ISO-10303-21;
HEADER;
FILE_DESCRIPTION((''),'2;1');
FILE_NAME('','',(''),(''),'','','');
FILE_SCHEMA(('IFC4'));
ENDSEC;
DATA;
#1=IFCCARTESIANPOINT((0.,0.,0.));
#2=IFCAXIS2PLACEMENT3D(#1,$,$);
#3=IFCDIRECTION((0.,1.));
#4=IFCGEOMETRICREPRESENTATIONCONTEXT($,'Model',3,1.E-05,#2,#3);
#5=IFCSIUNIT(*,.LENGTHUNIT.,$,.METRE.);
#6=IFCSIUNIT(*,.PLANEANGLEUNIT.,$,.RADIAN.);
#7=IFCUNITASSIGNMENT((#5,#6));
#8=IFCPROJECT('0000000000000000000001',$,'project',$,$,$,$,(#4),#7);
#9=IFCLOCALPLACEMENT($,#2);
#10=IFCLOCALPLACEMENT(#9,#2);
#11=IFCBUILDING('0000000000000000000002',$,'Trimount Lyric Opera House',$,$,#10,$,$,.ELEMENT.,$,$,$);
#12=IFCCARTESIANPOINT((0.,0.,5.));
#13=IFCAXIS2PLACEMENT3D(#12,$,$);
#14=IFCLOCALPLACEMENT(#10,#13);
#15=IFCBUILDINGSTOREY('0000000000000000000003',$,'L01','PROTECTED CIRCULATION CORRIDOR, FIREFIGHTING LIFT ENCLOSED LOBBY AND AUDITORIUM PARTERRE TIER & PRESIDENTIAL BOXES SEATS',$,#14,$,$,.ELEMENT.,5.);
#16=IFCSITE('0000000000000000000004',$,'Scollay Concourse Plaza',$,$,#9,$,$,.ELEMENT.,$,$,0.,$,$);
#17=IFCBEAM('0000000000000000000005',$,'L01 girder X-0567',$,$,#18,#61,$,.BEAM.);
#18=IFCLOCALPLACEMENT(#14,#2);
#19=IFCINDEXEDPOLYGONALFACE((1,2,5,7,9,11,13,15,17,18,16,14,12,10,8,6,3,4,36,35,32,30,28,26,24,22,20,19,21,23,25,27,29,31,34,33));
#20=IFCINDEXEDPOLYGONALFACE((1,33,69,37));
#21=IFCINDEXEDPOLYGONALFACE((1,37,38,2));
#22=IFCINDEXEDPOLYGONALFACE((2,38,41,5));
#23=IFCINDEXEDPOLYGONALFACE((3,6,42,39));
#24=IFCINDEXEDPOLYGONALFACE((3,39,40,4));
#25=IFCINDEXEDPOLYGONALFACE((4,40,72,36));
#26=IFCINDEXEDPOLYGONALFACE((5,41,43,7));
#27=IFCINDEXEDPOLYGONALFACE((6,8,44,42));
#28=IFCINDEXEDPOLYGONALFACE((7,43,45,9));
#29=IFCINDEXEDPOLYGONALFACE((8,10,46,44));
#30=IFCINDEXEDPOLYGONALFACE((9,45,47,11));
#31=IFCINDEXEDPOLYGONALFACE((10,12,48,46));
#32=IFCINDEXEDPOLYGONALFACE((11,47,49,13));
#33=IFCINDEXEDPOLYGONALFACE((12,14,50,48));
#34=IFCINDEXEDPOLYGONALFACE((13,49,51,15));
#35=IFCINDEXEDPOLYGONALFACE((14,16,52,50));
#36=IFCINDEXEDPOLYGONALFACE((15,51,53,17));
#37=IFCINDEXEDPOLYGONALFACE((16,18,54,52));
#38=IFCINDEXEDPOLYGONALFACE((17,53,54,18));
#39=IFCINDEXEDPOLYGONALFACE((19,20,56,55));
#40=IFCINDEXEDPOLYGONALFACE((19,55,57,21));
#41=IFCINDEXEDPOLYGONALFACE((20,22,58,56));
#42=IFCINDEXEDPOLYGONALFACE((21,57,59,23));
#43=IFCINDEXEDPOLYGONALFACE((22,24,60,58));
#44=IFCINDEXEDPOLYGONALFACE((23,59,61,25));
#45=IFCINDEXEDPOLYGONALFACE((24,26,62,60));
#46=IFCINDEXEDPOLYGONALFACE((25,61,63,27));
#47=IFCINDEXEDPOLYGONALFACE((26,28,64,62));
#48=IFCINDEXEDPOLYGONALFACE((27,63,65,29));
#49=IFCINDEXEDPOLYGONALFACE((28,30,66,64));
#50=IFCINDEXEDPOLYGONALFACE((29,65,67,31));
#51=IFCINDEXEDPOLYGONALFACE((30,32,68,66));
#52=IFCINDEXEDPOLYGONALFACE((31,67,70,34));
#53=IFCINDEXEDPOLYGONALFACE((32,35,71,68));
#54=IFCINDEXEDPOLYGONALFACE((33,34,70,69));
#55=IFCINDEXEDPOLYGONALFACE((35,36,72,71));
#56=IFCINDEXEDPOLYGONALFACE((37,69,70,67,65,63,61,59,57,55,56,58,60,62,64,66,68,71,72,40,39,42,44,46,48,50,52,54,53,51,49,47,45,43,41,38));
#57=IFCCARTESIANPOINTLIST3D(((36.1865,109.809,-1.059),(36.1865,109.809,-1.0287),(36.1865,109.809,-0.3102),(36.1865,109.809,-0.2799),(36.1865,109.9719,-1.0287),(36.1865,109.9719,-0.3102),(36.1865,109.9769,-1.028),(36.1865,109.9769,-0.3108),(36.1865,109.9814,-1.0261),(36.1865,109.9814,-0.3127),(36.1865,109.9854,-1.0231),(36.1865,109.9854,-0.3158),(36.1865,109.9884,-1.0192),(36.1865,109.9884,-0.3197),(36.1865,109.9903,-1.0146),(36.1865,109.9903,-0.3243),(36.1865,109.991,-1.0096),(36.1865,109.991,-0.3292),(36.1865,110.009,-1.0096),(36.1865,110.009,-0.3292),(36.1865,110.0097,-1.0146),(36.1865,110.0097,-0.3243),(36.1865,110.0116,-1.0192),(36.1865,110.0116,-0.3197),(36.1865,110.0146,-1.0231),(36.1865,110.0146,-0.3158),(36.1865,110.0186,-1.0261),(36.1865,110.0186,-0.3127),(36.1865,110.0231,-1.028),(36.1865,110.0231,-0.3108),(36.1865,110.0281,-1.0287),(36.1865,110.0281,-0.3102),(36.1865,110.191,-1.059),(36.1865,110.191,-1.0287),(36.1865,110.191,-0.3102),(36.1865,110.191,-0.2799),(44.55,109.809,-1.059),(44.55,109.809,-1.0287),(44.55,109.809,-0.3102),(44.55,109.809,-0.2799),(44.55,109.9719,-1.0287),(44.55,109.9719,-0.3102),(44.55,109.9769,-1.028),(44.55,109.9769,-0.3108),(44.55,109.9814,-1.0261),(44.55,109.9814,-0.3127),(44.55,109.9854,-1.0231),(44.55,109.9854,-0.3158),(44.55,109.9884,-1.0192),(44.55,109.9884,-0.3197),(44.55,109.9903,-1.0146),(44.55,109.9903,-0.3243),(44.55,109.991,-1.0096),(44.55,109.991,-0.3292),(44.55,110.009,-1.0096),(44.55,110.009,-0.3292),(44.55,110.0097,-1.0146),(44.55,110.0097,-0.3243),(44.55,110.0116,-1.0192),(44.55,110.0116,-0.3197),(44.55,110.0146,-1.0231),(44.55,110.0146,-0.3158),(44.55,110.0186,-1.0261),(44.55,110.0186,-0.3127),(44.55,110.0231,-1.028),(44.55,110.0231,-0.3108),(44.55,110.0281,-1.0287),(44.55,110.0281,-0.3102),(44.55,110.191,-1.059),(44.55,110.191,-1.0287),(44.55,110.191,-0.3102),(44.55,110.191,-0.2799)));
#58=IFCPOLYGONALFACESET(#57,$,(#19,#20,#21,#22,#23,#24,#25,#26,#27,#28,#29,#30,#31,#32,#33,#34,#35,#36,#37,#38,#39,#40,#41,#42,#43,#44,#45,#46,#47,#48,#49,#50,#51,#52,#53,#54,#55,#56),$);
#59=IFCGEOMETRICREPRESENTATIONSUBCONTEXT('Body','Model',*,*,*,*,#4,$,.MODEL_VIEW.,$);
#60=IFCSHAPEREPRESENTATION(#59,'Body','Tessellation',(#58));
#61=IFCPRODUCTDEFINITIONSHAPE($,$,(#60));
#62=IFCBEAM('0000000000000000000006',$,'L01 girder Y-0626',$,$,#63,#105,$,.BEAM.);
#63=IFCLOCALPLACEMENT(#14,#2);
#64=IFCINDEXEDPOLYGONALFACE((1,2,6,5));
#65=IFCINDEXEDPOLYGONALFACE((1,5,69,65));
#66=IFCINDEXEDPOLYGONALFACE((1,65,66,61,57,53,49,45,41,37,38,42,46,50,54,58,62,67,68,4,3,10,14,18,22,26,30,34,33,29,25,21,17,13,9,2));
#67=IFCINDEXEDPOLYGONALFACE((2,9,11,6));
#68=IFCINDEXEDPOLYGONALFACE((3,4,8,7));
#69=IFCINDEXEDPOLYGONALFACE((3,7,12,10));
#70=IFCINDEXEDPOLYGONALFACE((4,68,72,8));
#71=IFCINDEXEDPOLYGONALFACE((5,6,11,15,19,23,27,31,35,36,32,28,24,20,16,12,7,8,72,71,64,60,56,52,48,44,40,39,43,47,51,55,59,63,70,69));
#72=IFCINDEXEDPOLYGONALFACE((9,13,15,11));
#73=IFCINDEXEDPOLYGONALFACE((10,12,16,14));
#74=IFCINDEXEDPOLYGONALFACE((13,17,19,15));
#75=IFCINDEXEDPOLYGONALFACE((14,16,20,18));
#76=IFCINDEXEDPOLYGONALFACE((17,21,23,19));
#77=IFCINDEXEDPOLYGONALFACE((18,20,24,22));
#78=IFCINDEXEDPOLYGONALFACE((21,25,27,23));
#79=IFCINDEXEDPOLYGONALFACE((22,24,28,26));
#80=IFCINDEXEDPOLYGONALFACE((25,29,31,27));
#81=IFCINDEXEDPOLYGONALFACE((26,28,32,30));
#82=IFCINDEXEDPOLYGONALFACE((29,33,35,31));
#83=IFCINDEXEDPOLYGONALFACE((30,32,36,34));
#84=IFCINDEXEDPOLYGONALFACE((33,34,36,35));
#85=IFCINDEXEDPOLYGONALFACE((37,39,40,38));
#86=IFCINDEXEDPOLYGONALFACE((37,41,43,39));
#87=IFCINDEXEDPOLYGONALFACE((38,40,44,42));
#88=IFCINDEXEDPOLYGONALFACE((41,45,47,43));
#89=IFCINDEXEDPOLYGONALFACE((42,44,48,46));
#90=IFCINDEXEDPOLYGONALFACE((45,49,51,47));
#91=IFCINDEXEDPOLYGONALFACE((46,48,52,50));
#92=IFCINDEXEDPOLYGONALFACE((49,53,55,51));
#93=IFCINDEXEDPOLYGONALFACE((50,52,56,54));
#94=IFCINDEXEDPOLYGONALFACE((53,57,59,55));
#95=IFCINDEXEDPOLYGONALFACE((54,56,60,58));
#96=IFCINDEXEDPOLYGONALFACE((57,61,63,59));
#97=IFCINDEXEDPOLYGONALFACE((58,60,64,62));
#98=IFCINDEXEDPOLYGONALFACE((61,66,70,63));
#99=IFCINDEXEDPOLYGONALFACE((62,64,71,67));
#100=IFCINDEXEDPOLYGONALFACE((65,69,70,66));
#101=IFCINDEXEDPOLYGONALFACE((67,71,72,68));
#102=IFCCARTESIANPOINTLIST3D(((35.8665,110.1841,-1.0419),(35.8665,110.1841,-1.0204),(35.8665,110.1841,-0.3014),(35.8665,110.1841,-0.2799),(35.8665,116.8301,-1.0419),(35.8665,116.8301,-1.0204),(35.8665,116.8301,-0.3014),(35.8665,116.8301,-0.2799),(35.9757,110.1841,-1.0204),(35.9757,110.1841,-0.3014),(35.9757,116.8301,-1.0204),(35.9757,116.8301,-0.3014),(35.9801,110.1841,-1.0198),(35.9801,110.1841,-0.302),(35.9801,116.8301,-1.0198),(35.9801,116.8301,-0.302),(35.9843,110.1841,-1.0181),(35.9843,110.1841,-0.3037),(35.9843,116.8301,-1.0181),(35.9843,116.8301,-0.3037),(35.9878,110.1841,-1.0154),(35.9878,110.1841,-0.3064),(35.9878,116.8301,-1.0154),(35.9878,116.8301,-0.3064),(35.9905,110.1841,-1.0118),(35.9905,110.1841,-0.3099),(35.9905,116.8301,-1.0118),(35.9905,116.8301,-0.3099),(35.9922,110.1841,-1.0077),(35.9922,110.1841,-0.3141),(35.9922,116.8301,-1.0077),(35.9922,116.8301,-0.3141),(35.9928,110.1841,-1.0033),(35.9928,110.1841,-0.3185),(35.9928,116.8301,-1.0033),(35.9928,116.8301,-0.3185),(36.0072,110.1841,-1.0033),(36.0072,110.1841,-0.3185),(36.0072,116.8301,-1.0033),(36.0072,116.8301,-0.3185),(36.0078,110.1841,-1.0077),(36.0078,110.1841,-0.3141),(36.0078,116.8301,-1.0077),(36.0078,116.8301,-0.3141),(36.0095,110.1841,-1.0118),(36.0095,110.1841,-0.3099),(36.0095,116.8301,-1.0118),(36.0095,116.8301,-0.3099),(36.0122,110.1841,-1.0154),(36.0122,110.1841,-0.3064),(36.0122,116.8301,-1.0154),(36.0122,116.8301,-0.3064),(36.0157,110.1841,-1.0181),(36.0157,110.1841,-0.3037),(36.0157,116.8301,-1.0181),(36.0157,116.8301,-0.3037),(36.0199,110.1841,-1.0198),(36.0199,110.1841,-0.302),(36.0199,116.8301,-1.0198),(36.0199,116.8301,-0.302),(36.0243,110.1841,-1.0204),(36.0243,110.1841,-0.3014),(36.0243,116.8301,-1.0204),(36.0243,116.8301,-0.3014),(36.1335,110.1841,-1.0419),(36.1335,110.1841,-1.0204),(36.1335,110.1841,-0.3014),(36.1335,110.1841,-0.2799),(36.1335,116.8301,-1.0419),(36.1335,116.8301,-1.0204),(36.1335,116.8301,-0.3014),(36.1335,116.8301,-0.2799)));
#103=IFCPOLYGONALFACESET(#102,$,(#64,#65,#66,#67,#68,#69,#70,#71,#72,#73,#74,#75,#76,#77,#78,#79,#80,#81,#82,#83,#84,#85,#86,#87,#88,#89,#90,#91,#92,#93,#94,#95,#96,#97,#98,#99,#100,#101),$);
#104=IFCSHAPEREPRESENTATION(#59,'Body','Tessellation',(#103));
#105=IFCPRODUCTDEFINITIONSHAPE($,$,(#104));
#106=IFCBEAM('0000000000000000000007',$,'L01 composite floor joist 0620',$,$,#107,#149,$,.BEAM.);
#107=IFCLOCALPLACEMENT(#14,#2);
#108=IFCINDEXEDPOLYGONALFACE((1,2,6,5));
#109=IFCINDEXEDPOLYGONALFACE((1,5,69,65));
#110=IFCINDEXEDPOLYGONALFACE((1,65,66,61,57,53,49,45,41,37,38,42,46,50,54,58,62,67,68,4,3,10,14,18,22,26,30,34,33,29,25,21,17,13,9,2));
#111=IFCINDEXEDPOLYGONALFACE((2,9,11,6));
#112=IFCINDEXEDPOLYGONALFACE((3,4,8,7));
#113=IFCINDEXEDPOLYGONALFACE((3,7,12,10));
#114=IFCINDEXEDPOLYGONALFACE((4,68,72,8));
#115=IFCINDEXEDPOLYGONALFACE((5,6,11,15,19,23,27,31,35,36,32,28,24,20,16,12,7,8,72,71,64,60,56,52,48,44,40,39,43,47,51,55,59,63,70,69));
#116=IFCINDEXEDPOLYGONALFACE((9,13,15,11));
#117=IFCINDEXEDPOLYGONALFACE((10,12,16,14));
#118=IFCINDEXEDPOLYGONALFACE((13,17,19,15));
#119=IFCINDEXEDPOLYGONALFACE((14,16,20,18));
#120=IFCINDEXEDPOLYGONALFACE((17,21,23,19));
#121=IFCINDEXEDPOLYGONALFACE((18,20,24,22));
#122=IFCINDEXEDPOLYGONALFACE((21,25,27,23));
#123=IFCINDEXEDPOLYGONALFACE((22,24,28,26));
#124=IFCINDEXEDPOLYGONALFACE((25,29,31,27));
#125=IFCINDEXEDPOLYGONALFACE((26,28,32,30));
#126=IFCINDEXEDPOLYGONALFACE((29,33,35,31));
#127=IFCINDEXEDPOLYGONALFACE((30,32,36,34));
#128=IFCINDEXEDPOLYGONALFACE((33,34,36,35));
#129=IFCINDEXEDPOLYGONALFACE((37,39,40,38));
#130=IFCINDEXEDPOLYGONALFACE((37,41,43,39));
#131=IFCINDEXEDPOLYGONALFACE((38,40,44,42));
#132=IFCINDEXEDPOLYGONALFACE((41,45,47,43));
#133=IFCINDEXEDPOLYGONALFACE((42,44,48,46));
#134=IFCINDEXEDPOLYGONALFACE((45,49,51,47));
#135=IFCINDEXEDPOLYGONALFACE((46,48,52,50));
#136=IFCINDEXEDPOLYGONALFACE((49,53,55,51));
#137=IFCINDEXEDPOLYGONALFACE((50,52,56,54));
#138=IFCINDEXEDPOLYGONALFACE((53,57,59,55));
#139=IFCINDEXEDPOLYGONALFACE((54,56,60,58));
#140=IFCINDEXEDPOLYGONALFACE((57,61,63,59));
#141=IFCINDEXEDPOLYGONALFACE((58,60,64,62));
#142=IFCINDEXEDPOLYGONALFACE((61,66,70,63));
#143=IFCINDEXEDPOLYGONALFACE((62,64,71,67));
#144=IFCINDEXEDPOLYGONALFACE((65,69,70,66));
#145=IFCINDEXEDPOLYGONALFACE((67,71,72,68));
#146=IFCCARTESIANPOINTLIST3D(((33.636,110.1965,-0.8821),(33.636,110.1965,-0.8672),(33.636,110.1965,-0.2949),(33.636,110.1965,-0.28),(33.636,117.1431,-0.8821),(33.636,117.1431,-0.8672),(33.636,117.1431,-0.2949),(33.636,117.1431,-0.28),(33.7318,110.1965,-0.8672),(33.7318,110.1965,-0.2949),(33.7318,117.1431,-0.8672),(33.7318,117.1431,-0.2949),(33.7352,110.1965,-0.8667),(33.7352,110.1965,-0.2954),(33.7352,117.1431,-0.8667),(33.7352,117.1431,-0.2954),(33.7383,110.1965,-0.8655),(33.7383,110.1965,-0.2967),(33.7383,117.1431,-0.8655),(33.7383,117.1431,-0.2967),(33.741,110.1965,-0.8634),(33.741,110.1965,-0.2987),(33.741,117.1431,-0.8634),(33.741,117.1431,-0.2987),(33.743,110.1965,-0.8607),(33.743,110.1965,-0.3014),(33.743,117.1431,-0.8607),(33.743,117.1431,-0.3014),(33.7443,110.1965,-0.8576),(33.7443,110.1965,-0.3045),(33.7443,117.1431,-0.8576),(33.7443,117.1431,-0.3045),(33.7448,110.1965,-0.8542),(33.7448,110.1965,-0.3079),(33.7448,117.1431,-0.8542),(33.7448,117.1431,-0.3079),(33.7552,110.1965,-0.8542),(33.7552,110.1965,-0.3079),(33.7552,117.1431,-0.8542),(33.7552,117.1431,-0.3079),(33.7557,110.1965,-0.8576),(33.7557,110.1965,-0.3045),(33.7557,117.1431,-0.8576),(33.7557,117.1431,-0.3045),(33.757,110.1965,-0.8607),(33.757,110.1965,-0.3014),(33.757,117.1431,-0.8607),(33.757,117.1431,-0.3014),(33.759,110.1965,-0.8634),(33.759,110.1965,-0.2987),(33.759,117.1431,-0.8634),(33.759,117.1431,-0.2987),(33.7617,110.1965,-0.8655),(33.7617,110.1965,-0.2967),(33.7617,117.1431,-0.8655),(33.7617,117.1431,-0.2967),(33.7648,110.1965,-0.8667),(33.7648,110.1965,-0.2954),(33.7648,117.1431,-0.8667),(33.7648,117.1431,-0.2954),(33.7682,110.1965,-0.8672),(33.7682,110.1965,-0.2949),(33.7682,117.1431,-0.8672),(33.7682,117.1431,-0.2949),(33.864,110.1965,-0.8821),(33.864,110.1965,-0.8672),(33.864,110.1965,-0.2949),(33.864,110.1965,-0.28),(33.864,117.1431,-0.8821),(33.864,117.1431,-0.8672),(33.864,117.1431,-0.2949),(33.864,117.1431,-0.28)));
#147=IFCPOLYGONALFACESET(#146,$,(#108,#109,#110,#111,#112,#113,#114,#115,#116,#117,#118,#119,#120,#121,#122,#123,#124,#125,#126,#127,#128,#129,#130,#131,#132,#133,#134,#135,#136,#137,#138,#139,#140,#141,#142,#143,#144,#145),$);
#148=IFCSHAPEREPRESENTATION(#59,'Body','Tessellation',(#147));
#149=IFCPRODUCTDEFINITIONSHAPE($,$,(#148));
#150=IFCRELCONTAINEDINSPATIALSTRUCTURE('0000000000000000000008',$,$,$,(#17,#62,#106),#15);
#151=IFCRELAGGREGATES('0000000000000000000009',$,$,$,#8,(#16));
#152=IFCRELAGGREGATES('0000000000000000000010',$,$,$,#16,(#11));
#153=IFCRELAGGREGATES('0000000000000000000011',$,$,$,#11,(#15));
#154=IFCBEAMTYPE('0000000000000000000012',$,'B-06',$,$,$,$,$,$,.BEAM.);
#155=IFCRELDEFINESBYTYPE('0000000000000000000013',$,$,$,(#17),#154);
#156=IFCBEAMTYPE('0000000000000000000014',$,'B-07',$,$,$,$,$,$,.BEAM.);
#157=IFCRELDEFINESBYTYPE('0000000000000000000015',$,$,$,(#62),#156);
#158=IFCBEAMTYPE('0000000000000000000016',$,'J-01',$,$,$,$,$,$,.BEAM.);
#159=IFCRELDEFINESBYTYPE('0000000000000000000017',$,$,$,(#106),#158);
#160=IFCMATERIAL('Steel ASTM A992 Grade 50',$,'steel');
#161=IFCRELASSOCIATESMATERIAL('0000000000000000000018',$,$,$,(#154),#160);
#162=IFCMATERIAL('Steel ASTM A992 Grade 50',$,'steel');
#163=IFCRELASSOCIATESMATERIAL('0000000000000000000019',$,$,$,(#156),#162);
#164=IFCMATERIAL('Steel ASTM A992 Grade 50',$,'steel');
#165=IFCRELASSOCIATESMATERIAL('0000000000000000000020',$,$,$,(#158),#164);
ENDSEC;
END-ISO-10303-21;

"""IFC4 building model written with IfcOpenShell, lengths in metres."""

from ifc_helpers import new_model, si_unit, direction, frame, origin, origin_2d, place, context, subcontext, project, spatial, i_section, extrude, material, material_profile, profile_set, type_object, element, save


model = new_model("IFC4")

# Units and contexts
model_context = context("Model", 3, precision=1e-05, world=origin(), true_north=direction((0.0, 1.0)))
body_context = subcontext(model_context, "Body", "Model", "MODEL_VIEW")
ifc_project = project(units=[si_unit("LENGTHUNIT", "METRE"), si_unit("PLANEANGLEUNIT", "RADIAN")], contexts=[model_context])

# Site, building, storey
site_placement = place(None, origin())
site = spatial("IfcSite", under=ifc_project, at=site_placement, Name="Scollay Concourse Plaza", CompositionType="ELEMENT", RefElevation=0.0)
building_placement = place(site_placement, origin())
building = spatial("IfcBuilding", under=site, at=building_placement, Name="Trimount Lyric Opera House", CompositionType="ELEMENT")
storey_placement = place(building_placement, frame((0.0, 0.0, 5.0)))
storey = spatial("IfcBuildingStorey", under=building, at=storey_placement, Name="L01", Description="PROTECTED CIRCULATION CORRIDOR, FIREFIGHTING LIFT ENCLOSED LOBBY AND AUDITORIUM PARTERRE TIER & PRESIDENTIAL BOXES SEATS", CompositionType="ELEMENT", Elevation=5.0)

# Beams
ifc_material_1 = material(Name="Steel ASTM A992 Grade 50", Category="steel")
ifc_material_profile_1 = material_profile(ifc_material_1, i_section(OverallWidth=0.3821, OverallDepth=0.7791, WebThickness=0.0181, FlangeThickness=0.0303, FilletRadius=0.019, at=origin_2d()), Name="W30X191")
ifc_profile_set_1 = profile_set([ifc_material_profile_1], Name="Steel ASTM A992 Grade 50")
beam_type_1 = type_object("IfcBeamType", Name="B-06", PredefinedType="BEAM", material=ifc_profile_set_1)
beam_1_placement = place(storey_placement, frame((36.1865, 110.0, -0.6694), z_axis=(1.0, 0.0, 0.0), x_axis=(0.0, 1.0, 0.0)))
element("IfcBeam", 1, at=beam_1_placement, inside=storey, type_object=beam_type_1, Name="L01 girder X-0567", PredefinedType="BEAM", context=body_context, shape_type="SweptSolid", body=[
    extrude(i_section(OverallWidth=0.3821, OverallDepth=0.7791, WebThickness=0.0181, FlangeThickness=0.0303, FilletRadius=0.019, at=origin_2d()), origin(), (0.0, 0.0, 1.0), 8.3635),
])
ifc_material_2 = material(Name="Steel ASTM A992 Grade 50", Category="steel")
ifc_material_profile_2 = material_profile(ifc_material_2, i_section(OverallWidth=0.2671, OverallDepth=0.762, WebThickness=0.0144, FlangeThickness=0.0215, FilletRadius=0.0171, at=origin_2d()), Name="W30X116")
ifc_profile_set_2 = profile_set([ifc_material_profile_2], Name="Steel ASTM A992 Grade 50")
beam_type_2 = type_object("IfcBeamType", Name="B-07", PredefinedType="BEAM", material=ifc_profile_set_2)
beam_2_placement = place(storey_placement, frame((36.0, 110.1841, -0.6609), z_axis=(0.0, 1.0, 0.0), x_axis=(-1.0, 0.0, 0.0)))
element("IfcBeam", 2, at=beam_2_placement, inside=storey, type_object=beam_type_2, Name="L01 girder Y-0626", PredefinedType="BEAM", context=body_context, shape_type="SweptSolid", body=[
    extrude(i_section(OverallWidth=0.2671, OverallDepth=0.762, WebThickness=0.0144, FlangeThickness=0.0215, FilletRadius=0.0171, at=origin_2d()), origin(), (0.0, 0.0, 1.0), 6.646),
])
ifc_material_3 = material(Name="Steel ASTM A992 Grade 50", Category="steel")
ifc_material_profile_3 = material_profile(ifc_material_3, i_section(OverallWidth=0.228, OverallDepth=0.6021, WebThickness=0.0105, FlangeThickness=0.0149, FilletRadius=0.0129, at=origin_2d()), Name="W24X68")
ifc_profile_set_3 = profile_set([ifc_material_profile_3], Name="Steel ASTM A992 Grade 50")
beam_type_3 = type_object("IfcBeamType", Name="J-01", PredefinedType="BEAM", material=ifc_profile_set_3)
beam_3_placement = place(storey_placement, frame((33.75, 110.1965, -0.5811), z_axis=(0.0, 1.0, 0.0), x_axis=(-1.0, 0.0, 0.0)))
element("IfcBeam", 3, at=beam_3_placement, inside=storey, type_object=beam_type_3, Name="L01 composite floor joist 0620", PredefinedType="BEAM", context=body_context, shape_type="SweptSolid", body=[
    extrude(i_section(OverallWidth=0.228, OverallDepth=0.6021, WebThickness=0.0105, FlangeThickness=0.0149, FilletRadius=0.0129, at=origin_2d()), origin(), (0.0, 0.0, 1.0), 6.9465),
])

save(model, "model.ifc")
